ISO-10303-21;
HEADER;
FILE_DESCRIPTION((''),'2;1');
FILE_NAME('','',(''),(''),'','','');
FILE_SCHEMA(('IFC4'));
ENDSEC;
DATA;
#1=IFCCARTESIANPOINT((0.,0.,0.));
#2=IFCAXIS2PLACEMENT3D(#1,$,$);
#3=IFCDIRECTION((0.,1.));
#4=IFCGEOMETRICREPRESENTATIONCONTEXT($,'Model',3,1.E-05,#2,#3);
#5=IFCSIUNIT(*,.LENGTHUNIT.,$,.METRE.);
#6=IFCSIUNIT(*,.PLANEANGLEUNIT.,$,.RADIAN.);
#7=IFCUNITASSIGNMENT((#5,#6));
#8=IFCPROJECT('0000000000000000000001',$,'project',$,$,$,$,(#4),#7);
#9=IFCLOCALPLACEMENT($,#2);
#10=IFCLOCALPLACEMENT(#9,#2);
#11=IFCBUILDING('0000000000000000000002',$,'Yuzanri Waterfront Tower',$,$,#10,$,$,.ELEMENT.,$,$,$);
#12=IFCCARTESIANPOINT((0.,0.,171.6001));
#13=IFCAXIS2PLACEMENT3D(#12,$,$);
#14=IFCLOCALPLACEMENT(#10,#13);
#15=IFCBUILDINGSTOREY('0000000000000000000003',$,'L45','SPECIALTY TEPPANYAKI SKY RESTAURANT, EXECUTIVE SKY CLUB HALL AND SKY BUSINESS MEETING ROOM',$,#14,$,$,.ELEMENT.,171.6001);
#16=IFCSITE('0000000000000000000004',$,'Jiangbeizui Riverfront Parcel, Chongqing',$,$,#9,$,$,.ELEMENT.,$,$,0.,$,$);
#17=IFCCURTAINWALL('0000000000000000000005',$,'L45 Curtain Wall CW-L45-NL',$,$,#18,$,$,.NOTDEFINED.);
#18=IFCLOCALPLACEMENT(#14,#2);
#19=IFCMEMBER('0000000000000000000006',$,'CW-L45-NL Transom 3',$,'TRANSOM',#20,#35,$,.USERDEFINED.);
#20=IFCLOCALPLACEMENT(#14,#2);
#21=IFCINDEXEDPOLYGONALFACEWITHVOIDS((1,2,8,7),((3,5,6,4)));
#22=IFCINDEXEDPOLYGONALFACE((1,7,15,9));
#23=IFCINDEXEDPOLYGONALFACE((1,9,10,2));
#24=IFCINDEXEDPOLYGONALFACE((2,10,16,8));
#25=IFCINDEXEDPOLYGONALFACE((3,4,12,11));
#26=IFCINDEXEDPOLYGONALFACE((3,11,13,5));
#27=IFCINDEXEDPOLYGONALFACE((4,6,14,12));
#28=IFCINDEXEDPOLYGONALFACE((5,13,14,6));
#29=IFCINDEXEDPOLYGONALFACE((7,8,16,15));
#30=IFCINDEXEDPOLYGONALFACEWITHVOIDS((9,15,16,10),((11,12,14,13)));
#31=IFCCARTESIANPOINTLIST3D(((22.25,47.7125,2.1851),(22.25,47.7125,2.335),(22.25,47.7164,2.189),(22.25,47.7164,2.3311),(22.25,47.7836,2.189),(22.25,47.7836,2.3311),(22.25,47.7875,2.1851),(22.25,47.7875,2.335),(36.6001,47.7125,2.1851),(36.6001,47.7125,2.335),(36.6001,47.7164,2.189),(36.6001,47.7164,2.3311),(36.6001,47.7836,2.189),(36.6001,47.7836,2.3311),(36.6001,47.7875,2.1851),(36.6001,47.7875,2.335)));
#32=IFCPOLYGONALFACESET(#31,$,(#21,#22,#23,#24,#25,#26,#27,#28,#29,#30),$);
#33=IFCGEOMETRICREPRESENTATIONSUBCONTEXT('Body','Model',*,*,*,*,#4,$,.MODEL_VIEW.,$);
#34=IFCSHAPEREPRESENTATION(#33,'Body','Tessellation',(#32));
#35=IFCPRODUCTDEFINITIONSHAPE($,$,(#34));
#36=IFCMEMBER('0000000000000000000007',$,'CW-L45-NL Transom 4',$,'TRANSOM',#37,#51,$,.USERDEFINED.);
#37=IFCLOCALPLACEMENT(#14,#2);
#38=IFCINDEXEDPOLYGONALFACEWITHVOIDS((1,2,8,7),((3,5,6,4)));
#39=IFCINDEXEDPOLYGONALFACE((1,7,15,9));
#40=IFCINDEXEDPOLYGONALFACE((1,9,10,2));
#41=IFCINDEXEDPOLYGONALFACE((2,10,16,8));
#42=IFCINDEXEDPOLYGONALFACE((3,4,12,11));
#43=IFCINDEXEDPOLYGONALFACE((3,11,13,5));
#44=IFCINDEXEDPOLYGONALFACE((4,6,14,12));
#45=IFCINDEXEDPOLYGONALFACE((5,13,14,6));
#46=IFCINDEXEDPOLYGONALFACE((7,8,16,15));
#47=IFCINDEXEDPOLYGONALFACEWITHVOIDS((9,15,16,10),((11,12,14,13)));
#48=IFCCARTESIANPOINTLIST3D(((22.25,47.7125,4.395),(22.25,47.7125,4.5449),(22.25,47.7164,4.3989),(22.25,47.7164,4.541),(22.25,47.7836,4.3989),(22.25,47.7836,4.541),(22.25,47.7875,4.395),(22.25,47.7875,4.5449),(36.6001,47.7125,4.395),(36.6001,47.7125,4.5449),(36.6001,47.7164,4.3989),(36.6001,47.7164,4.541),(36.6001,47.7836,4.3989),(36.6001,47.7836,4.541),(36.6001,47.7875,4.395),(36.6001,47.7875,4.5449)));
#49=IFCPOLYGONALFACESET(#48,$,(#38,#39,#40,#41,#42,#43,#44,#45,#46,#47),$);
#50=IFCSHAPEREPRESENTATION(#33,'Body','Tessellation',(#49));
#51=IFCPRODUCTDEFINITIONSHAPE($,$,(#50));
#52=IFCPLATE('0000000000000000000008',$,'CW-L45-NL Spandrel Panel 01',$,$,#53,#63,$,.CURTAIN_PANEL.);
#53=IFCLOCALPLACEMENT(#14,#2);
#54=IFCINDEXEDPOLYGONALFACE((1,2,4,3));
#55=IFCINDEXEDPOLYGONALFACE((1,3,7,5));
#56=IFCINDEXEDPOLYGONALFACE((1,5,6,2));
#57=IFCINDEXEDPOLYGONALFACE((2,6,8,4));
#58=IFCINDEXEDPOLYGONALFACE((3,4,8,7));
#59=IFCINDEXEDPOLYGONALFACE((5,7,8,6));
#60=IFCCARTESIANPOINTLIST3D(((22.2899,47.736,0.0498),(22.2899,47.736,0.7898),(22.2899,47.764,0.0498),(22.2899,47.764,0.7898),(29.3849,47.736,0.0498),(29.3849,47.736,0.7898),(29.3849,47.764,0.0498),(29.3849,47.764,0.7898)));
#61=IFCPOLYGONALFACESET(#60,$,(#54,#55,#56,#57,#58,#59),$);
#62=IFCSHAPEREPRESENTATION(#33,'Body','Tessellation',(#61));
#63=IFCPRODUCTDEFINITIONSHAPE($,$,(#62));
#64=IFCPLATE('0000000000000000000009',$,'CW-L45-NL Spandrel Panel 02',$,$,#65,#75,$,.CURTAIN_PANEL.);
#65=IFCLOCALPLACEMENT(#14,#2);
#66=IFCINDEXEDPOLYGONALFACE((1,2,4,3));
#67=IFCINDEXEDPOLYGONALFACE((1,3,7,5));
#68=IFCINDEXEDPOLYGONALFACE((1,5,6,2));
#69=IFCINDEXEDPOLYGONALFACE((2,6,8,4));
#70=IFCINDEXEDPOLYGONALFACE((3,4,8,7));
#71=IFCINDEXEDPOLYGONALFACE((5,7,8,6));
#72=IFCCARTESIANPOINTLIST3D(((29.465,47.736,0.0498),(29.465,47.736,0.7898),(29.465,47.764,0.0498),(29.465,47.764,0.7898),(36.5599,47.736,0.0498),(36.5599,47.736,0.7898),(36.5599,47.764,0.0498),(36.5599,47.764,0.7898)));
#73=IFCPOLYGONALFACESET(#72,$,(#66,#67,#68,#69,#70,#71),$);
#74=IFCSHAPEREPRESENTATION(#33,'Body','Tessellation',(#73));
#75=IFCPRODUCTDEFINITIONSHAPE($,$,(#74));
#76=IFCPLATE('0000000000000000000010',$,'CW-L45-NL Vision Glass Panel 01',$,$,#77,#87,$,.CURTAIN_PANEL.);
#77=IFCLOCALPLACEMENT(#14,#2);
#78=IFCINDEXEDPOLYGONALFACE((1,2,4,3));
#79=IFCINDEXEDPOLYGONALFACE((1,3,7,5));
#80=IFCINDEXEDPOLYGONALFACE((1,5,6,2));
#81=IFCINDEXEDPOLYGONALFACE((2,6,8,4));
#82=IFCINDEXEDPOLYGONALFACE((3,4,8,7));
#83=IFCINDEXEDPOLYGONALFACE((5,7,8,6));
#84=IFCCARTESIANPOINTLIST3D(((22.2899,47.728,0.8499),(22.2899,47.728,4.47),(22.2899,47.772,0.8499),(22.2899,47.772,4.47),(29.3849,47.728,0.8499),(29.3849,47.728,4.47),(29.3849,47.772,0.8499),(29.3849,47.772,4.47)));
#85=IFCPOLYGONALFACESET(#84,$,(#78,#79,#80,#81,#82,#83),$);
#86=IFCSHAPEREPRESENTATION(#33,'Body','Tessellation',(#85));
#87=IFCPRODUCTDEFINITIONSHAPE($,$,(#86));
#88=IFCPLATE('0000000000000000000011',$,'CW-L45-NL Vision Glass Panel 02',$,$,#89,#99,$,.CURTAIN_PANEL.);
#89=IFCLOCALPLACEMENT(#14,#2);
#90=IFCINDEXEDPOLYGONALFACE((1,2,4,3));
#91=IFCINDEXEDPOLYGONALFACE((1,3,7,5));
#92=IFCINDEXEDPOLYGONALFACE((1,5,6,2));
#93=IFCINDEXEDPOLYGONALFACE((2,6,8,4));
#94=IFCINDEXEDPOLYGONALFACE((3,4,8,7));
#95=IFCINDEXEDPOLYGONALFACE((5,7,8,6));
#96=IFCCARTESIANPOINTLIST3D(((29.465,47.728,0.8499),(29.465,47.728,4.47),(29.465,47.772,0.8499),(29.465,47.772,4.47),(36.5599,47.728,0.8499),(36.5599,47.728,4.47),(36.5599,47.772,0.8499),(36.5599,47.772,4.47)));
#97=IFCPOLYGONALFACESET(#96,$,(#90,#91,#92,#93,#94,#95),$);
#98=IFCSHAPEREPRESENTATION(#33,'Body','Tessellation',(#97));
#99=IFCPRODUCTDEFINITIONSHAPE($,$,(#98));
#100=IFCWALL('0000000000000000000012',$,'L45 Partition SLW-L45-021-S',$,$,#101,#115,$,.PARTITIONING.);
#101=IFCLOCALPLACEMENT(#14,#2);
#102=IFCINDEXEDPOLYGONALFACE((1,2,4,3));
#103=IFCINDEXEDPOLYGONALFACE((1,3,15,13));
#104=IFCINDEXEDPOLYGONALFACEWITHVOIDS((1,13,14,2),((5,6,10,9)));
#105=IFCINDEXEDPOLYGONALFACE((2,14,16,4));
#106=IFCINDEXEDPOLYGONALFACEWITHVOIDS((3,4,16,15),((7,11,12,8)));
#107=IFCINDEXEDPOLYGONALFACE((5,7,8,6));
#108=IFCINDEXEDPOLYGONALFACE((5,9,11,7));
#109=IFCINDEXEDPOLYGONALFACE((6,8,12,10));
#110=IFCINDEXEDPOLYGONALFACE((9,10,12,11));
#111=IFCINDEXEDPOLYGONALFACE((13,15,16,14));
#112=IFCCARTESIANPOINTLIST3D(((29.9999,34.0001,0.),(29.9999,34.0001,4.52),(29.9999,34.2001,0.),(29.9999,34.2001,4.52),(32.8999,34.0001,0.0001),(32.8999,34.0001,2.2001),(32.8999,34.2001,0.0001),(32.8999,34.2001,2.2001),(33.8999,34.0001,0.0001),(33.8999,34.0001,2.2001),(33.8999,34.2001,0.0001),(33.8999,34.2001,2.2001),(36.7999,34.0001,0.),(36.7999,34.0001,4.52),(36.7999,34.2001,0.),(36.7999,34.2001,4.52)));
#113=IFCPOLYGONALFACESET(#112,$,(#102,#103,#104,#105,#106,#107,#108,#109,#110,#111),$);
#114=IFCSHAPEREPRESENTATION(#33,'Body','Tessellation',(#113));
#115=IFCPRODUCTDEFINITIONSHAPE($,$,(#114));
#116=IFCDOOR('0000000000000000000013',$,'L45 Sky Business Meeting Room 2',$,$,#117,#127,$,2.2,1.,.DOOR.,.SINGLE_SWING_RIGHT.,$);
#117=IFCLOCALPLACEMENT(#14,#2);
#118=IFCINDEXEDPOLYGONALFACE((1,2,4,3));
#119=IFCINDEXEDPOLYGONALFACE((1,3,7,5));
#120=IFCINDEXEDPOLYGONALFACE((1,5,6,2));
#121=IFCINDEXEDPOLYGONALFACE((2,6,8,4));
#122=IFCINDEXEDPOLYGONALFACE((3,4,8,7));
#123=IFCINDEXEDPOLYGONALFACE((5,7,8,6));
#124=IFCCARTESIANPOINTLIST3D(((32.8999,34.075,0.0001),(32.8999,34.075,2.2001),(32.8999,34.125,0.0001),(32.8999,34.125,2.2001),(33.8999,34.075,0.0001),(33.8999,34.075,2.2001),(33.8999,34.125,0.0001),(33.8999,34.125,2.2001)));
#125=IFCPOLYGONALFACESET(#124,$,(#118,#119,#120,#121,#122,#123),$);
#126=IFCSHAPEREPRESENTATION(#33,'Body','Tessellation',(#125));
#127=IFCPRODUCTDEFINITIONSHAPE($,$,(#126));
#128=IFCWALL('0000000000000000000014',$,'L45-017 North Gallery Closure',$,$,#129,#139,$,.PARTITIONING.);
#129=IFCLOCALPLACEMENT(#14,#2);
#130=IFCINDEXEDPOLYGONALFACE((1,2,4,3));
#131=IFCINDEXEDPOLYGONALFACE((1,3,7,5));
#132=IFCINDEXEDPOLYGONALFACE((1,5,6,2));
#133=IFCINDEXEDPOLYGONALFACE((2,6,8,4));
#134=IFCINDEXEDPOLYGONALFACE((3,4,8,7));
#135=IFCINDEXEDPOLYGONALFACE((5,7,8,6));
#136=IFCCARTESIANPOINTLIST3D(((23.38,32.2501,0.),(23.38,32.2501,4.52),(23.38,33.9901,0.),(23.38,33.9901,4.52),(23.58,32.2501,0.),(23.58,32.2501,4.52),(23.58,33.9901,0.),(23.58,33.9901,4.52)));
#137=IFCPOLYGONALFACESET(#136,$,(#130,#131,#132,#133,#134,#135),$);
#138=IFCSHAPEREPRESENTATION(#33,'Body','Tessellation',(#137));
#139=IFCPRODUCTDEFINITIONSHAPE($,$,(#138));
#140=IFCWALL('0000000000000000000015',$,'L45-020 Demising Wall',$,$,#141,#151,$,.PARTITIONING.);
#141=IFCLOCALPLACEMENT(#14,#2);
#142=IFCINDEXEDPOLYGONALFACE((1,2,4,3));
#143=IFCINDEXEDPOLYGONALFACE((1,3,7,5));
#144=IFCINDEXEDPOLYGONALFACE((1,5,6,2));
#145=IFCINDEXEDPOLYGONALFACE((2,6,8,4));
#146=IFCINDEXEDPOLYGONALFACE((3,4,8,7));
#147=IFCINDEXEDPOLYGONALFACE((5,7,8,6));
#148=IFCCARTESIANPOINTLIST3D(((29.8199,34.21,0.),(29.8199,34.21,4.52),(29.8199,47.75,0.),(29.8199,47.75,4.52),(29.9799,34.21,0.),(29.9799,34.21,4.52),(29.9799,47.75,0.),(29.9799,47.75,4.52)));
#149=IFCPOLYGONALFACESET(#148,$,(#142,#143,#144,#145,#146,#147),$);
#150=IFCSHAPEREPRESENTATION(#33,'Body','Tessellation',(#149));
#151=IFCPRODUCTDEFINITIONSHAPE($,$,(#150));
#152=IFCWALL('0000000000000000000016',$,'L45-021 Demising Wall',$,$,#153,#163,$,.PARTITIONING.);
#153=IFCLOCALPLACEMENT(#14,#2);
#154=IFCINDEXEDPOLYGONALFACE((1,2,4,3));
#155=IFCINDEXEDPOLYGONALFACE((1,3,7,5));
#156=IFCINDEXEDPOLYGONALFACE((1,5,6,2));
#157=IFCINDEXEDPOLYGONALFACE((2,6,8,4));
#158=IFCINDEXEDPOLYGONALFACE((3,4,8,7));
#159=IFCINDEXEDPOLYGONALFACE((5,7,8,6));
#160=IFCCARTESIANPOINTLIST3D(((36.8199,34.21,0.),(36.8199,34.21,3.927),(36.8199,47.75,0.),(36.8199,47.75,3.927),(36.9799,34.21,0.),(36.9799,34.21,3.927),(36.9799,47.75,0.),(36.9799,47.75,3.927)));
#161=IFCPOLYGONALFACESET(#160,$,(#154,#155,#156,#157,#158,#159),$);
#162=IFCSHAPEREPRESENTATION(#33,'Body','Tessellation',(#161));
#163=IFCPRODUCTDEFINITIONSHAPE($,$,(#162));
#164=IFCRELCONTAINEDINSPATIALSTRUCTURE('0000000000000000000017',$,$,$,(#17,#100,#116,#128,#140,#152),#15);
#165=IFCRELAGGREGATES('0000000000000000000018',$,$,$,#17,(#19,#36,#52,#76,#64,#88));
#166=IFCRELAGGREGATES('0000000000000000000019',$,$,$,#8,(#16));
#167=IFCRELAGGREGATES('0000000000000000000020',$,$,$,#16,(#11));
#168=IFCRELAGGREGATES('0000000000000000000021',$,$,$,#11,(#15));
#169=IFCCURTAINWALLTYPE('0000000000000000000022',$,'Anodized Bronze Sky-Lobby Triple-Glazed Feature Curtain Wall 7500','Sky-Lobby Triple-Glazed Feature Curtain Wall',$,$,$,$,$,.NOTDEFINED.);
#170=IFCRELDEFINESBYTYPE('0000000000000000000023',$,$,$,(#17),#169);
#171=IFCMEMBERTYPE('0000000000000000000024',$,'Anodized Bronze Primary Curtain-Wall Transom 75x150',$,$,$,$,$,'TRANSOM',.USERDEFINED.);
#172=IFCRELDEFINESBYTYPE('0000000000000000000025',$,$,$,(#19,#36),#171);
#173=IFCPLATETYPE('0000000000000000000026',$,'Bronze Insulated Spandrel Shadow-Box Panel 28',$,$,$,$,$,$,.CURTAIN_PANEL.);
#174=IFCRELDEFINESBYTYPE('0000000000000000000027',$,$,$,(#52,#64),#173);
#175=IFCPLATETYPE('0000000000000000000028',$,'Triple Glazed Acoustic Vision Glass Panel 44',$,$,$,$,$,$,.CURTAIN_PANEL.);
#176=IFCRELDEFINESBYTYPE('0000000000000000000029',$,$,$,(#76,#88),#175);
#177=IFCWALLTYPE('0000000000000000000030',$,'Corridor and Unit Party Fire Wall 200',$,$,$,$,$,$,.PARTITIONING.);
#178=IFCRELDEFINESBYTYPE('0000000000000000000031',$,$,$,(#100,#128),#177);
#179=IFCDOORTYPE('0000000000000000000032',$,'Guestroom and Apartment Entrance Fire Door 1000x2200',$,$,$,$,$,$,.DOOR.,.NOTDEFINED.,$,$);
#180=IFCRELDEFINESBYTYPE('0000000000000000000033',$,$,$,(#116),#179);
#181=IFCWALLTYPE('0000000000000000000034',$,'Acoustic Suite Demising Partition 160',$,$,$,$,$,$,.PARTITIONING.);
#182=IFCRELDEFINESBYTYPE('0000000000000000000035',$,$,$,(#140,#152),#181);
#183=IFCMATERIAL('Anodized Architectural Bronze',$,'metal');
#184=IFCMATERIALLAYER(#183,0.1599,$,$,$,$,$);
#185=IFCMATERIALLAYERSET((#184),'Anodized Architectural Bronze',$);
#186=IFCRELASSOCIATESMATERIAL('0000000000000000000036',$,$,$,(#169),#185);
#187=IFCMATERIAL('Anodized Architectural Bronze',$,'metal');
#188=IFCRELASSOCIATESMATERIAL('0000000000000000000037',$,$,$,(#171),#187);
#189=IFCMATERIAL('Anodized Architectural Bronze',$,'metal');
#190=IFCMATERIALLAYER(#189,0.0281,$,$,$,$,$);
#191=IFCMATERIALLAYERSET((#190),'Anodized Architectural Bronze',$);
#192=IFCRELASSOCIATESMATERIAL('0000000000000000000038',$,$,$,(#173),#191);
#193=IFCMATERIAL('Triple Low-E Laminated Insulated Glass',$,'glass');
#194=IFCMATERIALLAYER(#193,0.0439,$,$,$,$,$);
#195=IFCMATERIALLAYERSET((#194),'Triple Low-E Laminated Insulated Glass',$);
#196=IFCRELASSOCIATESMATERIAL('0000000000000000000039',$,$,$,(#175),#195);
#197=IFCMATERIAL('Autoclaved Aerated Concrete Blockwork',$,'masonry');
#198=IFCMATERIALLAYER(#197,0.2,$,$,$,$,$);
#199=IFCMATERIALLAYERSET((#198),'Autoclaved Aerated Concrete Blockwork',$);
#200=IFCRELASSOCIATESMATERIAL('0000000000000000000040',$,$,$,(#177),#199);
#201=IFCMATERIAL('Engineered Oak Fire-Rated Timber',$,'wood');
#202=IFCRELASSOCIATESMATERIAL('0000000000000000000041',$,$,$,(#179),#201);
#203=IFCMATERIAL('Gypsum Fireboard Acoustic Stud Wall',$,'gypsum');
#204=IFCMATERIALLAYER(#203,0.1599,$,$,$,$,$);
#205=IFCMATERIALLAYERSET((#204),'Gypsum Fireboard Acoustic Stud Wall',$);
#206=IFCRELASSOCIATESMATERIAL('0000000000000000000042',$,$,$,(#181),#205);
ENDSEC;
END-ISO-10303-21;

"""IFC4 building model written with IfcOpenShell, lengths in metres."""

from ifc_helpers import new_model, si_unit, direction, frame, frame_2d, origin, origin_2d, place, context, subcontext, project, spatial, rectangle, hollow_rectangle, extrude, source, transform, mapped, material, layer, layer_set, material_profile, profile_set, type_object, element, fill, aggregate, save


model = new_model("IFC4")

# Units and contexts
model_context = context("Model", 3, precision=1e-05, world=origin(), true_north=direction((0.0, 1.0)))
body_context = subcontext(model_context, "Body", "Model", "MODEL_VIEW")
ifc_project = project(units=[si_unit("LENGTHUNIT", "METRE"), si_unit("PLANEANGLEUNIT", "RADIAN")], contexts=[model_context])

# Site, building, storey
site_placement = place(None, origin())
site = spatial("IfcSite", under=ifc_project, at=site_placement, Name="Jiangbeizui Riverfront Parcel, Chongqing", CompositionType="ELEMENT", RefElevation=0.0)
building_placement = place(site_placement, origin())
building = spatial("IfcBuilding", under=site, at=building_placement, Name="Yuzanri Waterfront Tower", CompositionType="ELEMENT")
storey_placement = place(building_placement, frame((0.0, 0.0, 171.6001)))
storey = spatial("IfcBuildingStorey", under=building, at=storey_placement, Name="L45", Description="SPECIALTY TEPPANYAKI SKY RESTAURANT, EXECUTIVE SKY CLUB HALL AND SKY BUSINESS MEETING ROOM", CompositionType="ELEMENT", Elevation=171.6001)

# Curtain wall, members, plates
ifc_material_1 = material(Name="Anodized Architectural Bronze", Category="metal")
ifc_layer_1 = layer(ifc_material_1, 0.1599)
ifc_layer_set_1 = layer_set([ifc_layer_1], Name="Anodized Architectural Bronze")
curtain_wall_type = type_object("IfcCurtainWallType", Name="Anodized Bronze Sky-Lobby Triple-Glazed Feature Curtain Wall 7500", Description="Sky-Lobby Triple-Glazed Feature Curtain Wall", PredefinedType="NOTDEFINED", material=ifc_layer_set_1)
curtain_wall_placement = place(storey_placement, origin())
curtain_wall = element("IfcCurtainWall", 1, at=curtain_wall_placement, inside=storey, type_object=curtain_wall_type, Name="L45 Curtain Wall CW-L45-NL", PredefinedType="NOTDEFINED")
ifc_material_2 = material(Name="Anodized Architectural Bronze", Category="metal")
ifc_material_profile_1 = material_profile(ifc_material_2, hollow_rectangle(XDim=0.075, YDim=0.1499, WallThickness=0.0039, at=origin_2d()), Name="CWT 75x150")
ifc_profile_set_1 = profile_set([ifc_material_profile_1], Name="Anodized Architectural Bronze")
member_type_1 = type_object("IfcMemberType", Name="Anodized Bronze Primary Curtain-Wall Transom 75x150", ElementType="TRANSOM", PredefinedType="USERDEFINED", material=ifc_profile_set_1)
shared_shape_1 = source(origin(), body_context, "Body", "SweptSolid", [
    extrude(hollow_rectangle(XDim=0.075, YDim=0.1499, WallThickness=0.0039, at=origin_2d()), origin(), (0.0, 0.0, 1.0), 14.3501),
])
member_1_placement = place(storey_placement, frame((22.25, 47.75, 2.26), z_axis=(1.0, 0.0, 0.0), x_axis=(0.0, 1.0, 0.0)))
member_1 = element("IfcMember", 2, at=member_1_placement, type_object=member_type_1, Name="CW-L45-NL Transom 3", ObjectType="TRANSOM", PredefinedType="USERDEFINED", context=body_context, shape_type="MappedRepresentation", body=[
    mapped(shared_shape_1, transform((0.0, 0.0, 0.0), scale=1.0)),
])
member_2_placement = place(storey_placement, frame((22.25, 47.75, 4.47), z_axis=(1.0, 0.0, 0.0), x_axis=(0.0, 1.0, 0.0)))
member_2 = element("IfcMember", 3, at=member_2_placement, type_object=member_type_1, Name="CW-L45-NL Transom 4", ObjectType="TRANSOM", PredefinedType="USERDEFINED", context=body_context, shape_type="MappedRepresentation", body=[
    mapped(shared_shape_1, transform((0.0, 0.0, 0.0), scale=1.0)),
])
ifc_material_3 = material(Name="Anodized Architectural Bronze", Category="metal")
ifc_layer_2 = layer(ifc_material_3, 0.0281)
ifc_layer_set_2 = layer_set([ifc_layer_2], Name="Anodized Architectural Bronze")
plate_type_1 = type_object("IfcPlateType", Name="Bronze Insulated Spandrel Shadow-Box Panel 28", PredefinedType="CURTAIN_PANEL", material=ifc_layer_set_2)
shared_shape_2 = source(origin(), body_context, "Body", "SweptSolid", [
    extrude(rectangle(XDim=7.095, YDim=0.0281, at=origin_2d()), origin(), (0.0, 0.0, 1.0), 0.74),
])
plate_1_placement = place(storey_placement, frame((25.8374, 47.75, 0.0498), z_axis=(0.0, 0.0, 1.0), x_axis=(1.0, 0.0, 0.0)))
plate_1 = element("IfcPlate", 4, at=plate_1_placement, type_object=plate_type_1, Name="CW-L45-NL Spandrel Panel 01", PredefinedType="CURTAIN_PANEL", context=body_context, shape_type="MappedRepresentation", body=[
    mapped(shared_shape_2, transform((0.0, 0.0, 0.0), scale=1.0)),
])
plate_2_placement = place(storey_placement, frame((33.0125, 47.75, 0.0498), z_axis=(0.0, 0.0, 1.0), x_axis=(1.0, 0.0, 0.0)))
plate_2 = element("IfcPlate", 5, at=plate_2_placement, type_object=plate_type_1, Name="CW-L45-NL Spandrel Panel 02", PredefinedType="CURTAIN_PANEL", context=body_context, shape_type="MappedRepresentation", body=[
    mapped(shared_shape_2, transform((0.0, 0.0, 0.0), scale=1.0)),
])
ifc_material_4 = material(Name="Triple Low-E Laminated Insulated Glass", Category="glass")
ifc_layer_3 = layer(ifc_material_4, 0.0439)
ifc_layer_set_3 = layer_set([ifc_layer_3], Name="Triple Low-E Laminated Insulated Glass")
plate_type_2 = type_object("IfcPlateType", Name="Triple Glazed Acoustic Vision Glass Panel 44", PredefinedType="CURTAIN_PANEL", material=ifc_layer_set_3)
shared_shape_3 = source(origin(), body_context, "Body", "SweptSolid", [
    extrude(rectangle(XDim=7.095, YDim=0.0439, at=origin_2d()), origin(), (0.0, 0.0, 1.0), 3.6201),
])
plate_3_placement = place(storey_placement, frame((25.8374, 47.75, 0.8499), z_axis=(0.0, 0.0, 1.0), x_axis=(1.0, 0.0, 0.0)))
plate_3 = element("IfcPlate", 6, at=plate_3_placement, type_object=plate_type_2, Name="CW-L45-NL Vision Glass Panel 01", PredefinedType="CURTAIN_PANEL", context=body_context, shape_type="MappedRepresentation", body=[
    mapped(shared_shape_3, transform((0.0, 0.0, 0.0), scale=1.0)),
])
plate_4_placement = place(storey_placement, frame((33.0125, 47.75, 0.8499), z_axis=(0.0, 0.0, 1.0), x_axis=(1.0, 0.0, 0.0)))
plate_4 = element("IfcPlate", 7, at=plate_4_placement, type_object=plate_type_2, Name="CW-L45-NL Vision Glass Panel 02", PredefinedType="CURTAIN_PANEL", context=body_context, shape_type="MappedRepresentation", body=[
    mapped(shared_shape_3, transform((0.0, 0.0, 0.0), scale=1.0)),
])
aggregate(curtain_wall, [member_1, member_2, plate_1, plate_3, plate_2, plate_4])

# Wall, opening, door
ifc_material_5 = material(Name="Autoclaved Aerated Concrete Blockwork", Category="masonry")
ifc_layer_4 = layer(ifc_material_5, 0.2)
ifc_layer_set_4 = layer_set([ifc_layer_4], Name="Autoclaved Aerated Concrete Blockwork")
wall_type_1 = type_object("IfcWallType", Name="Corridor and Unit Party Fire Wall 200", PredefinedType="PARTITIONING", material=ifc_layer_set_4)
wall_1_placement = place(storey_placement, frame((30.0, 34.1001, 0.0), z_axis=(0.0, 0.0, 1.0), x_axis=(1.0, 0.0, 0.0)))
wall_1 = element("IfcWall", 8, at=wall_1_placement, inside=storey, type_object=wall_type_1, Name="L45 Partition SLW-L45-021-S", PredefinedType="PARTITIONING", context=body_context, shape_type="SweptSolid", body=[
    extrude(rectangle(XDim=6.8, YDim=0.2, at=frame_2d((3.3999, 0.0))), origin(), (0.0, 0.0, 1.0), 4.52),
])
opening_placement = place(wall_1_placement, frame((2.8999, 0.0, 0.0)))
opening = element("IfcOpeningElement", 9, at=opening_placement, cuts=wall_1, PredefinedType="OPENING", context=body_context, shape_type="SweptSolid", body=[
    extrude(rectangle(XDim=1.0, YDim=2.2, at=frame_2d((0.5, 1.1001))), frame((0.0, 0.1147, 0.0), z_axis=(0.0, -1.0, 0.0), x_axis=(1.0, 0.0, 0.0)), (0.0, 0.0, 1.0), 0.2297),
])
ifc_material_6 = material(Name="Engineered Oak Fire-Rated Timber", Category="wood")
door_type = type_object("IfcDoorType", Name="Guestroom and Apartment Entrance Fire Door 1000x2200", OperationType="NOTDEFINED", PredefinedType="DOOR", material=ifc_material_6)
shared_shape_4 = source(origin(), body_context, "Body", "SweptSolid", [
    extrude(rectangle(XDim=1.0, YDim=2.2, at=frame_2d((0.5, 1.1001))), frame((0.0, 0.0249, 0.0), z_axis=(0.0, -1.0, 0.0), x_axis=(1.0, 0.0, 0.0)), (0.0, 0.0, 1.0), 0.05),
])
door_placement = place(opening_placement, origin())
door = element("IfcDoor", 10, at=door_placement, inside=storey, type_object=door_type, Name="L45 Sky Business Meeting Room 2", OperationType="SINGLE_SWING_RIGHT", OverallHeight=2.2, OverallWidth=1.0, PredefinedType="DOOR", context=body_context, shape_type="MappedRepresentation", body=[
    mapped(shared_shape_4, transform((0.0, 0.0, 0.0), scale=1.0)),
])
fill(opening, door)

# Walls
shared_shape_5 = source(origin(), body_context, "Body", "SweptSolid", [
    extrude(rectangle(XDim=1.74, YDim=0.2, at=frame_2d((0.8701, 0.0))), origin(), (0.0, 0.0, 1.0), 4.52),
])
wall_2_placement = place(storey_placement, frame((23.48, 32.25, 0.0), z_axis=(0.0, 0.0, 1.0), x_axis=(0.0, 1.0, 0.0)))
element("IfcWall", 11, at=wall_2_placement, inside=storey, type_object=wall_type_1, Name="L45-017 North Gallery Closure", PredefinedType="PARTITIONING", context=body_context, shape_type="MappedRepresentation", body=[
    mapped(shared_shape_5, transform((0.0, 0.0, 0.0), scale=1.0)),
])
ifc_material_7 = material(Name="Gypsum Fireboard Acoustic Stud Wall", Category="gypsum")
ifc_layer_5 = layer(ifc_material_7, 0.1599)
ifc_layer_set_5 = layer_set([ifc_layer_5], Name="Gypsum Fireboard Acoustic Stud Wall")
wall_type_2 = type_object("IfcWallType", Name="Acoustic Suite Demising Partition 160", PredefinedType="PARTITIONING", material=ifc_layer_set_5)
shared_shape_6 = source(origin(), body_context, "Body", "SweptSolid", [
    extrude(rectangle(XDim=13.54, YDim=0.1599, at=frame_2d((6.77, 0.0))), origin(), (0.0, 0.0, 1.0), 4.52),
])
wall_3_placement = place(storey_placement, frame((29.8999, 34.21, 0.0), z_axis=(0.0, 0.0, 1.0), x_axis=(0.0, 1.0, 0.0)))
element("IfcWall", 12, at=wall_3_placement, inside=storey, type_object=wall_type_2, Name="L45-020 Demising Wall", PredefinedType="PARTITIONING", context=body_context, shape_type="MappedRepresentation", body=[
    mapped(shared_shape_6, transform((0.0, 0.0, 0.0), scale=1.0)),
])
shared_shape_7 = source(origin(), body_context, "Body", "SweptSolid", [
    extrude(rectangle(XDim=13.54, YDim=0.1599, at=frame_2d((6.77, 0.0))), origin(), (0.0, 0.0, 1.0), 3.927),
])
wall_4_placement = place(storey_placement, frame((36.8999, 34.21, 0.0), z_axis=(0.0, 0.0, 1.0), x_axis=(0.0, 1.0, 0.0)))
element("IfcWall", 13, at=wall_4_placement, inside=storey, type_object=wall_type_2, Name="L45-021 Demising Wall", PredefinedType="PARTITIONING", context=body_context, shape_type="MappedRepresentation", body=[
    mapped(shared_shape_7, transform((0.0, 0.0, 0.0), scale=1.0)),
])

save(model, "model.ifc")
